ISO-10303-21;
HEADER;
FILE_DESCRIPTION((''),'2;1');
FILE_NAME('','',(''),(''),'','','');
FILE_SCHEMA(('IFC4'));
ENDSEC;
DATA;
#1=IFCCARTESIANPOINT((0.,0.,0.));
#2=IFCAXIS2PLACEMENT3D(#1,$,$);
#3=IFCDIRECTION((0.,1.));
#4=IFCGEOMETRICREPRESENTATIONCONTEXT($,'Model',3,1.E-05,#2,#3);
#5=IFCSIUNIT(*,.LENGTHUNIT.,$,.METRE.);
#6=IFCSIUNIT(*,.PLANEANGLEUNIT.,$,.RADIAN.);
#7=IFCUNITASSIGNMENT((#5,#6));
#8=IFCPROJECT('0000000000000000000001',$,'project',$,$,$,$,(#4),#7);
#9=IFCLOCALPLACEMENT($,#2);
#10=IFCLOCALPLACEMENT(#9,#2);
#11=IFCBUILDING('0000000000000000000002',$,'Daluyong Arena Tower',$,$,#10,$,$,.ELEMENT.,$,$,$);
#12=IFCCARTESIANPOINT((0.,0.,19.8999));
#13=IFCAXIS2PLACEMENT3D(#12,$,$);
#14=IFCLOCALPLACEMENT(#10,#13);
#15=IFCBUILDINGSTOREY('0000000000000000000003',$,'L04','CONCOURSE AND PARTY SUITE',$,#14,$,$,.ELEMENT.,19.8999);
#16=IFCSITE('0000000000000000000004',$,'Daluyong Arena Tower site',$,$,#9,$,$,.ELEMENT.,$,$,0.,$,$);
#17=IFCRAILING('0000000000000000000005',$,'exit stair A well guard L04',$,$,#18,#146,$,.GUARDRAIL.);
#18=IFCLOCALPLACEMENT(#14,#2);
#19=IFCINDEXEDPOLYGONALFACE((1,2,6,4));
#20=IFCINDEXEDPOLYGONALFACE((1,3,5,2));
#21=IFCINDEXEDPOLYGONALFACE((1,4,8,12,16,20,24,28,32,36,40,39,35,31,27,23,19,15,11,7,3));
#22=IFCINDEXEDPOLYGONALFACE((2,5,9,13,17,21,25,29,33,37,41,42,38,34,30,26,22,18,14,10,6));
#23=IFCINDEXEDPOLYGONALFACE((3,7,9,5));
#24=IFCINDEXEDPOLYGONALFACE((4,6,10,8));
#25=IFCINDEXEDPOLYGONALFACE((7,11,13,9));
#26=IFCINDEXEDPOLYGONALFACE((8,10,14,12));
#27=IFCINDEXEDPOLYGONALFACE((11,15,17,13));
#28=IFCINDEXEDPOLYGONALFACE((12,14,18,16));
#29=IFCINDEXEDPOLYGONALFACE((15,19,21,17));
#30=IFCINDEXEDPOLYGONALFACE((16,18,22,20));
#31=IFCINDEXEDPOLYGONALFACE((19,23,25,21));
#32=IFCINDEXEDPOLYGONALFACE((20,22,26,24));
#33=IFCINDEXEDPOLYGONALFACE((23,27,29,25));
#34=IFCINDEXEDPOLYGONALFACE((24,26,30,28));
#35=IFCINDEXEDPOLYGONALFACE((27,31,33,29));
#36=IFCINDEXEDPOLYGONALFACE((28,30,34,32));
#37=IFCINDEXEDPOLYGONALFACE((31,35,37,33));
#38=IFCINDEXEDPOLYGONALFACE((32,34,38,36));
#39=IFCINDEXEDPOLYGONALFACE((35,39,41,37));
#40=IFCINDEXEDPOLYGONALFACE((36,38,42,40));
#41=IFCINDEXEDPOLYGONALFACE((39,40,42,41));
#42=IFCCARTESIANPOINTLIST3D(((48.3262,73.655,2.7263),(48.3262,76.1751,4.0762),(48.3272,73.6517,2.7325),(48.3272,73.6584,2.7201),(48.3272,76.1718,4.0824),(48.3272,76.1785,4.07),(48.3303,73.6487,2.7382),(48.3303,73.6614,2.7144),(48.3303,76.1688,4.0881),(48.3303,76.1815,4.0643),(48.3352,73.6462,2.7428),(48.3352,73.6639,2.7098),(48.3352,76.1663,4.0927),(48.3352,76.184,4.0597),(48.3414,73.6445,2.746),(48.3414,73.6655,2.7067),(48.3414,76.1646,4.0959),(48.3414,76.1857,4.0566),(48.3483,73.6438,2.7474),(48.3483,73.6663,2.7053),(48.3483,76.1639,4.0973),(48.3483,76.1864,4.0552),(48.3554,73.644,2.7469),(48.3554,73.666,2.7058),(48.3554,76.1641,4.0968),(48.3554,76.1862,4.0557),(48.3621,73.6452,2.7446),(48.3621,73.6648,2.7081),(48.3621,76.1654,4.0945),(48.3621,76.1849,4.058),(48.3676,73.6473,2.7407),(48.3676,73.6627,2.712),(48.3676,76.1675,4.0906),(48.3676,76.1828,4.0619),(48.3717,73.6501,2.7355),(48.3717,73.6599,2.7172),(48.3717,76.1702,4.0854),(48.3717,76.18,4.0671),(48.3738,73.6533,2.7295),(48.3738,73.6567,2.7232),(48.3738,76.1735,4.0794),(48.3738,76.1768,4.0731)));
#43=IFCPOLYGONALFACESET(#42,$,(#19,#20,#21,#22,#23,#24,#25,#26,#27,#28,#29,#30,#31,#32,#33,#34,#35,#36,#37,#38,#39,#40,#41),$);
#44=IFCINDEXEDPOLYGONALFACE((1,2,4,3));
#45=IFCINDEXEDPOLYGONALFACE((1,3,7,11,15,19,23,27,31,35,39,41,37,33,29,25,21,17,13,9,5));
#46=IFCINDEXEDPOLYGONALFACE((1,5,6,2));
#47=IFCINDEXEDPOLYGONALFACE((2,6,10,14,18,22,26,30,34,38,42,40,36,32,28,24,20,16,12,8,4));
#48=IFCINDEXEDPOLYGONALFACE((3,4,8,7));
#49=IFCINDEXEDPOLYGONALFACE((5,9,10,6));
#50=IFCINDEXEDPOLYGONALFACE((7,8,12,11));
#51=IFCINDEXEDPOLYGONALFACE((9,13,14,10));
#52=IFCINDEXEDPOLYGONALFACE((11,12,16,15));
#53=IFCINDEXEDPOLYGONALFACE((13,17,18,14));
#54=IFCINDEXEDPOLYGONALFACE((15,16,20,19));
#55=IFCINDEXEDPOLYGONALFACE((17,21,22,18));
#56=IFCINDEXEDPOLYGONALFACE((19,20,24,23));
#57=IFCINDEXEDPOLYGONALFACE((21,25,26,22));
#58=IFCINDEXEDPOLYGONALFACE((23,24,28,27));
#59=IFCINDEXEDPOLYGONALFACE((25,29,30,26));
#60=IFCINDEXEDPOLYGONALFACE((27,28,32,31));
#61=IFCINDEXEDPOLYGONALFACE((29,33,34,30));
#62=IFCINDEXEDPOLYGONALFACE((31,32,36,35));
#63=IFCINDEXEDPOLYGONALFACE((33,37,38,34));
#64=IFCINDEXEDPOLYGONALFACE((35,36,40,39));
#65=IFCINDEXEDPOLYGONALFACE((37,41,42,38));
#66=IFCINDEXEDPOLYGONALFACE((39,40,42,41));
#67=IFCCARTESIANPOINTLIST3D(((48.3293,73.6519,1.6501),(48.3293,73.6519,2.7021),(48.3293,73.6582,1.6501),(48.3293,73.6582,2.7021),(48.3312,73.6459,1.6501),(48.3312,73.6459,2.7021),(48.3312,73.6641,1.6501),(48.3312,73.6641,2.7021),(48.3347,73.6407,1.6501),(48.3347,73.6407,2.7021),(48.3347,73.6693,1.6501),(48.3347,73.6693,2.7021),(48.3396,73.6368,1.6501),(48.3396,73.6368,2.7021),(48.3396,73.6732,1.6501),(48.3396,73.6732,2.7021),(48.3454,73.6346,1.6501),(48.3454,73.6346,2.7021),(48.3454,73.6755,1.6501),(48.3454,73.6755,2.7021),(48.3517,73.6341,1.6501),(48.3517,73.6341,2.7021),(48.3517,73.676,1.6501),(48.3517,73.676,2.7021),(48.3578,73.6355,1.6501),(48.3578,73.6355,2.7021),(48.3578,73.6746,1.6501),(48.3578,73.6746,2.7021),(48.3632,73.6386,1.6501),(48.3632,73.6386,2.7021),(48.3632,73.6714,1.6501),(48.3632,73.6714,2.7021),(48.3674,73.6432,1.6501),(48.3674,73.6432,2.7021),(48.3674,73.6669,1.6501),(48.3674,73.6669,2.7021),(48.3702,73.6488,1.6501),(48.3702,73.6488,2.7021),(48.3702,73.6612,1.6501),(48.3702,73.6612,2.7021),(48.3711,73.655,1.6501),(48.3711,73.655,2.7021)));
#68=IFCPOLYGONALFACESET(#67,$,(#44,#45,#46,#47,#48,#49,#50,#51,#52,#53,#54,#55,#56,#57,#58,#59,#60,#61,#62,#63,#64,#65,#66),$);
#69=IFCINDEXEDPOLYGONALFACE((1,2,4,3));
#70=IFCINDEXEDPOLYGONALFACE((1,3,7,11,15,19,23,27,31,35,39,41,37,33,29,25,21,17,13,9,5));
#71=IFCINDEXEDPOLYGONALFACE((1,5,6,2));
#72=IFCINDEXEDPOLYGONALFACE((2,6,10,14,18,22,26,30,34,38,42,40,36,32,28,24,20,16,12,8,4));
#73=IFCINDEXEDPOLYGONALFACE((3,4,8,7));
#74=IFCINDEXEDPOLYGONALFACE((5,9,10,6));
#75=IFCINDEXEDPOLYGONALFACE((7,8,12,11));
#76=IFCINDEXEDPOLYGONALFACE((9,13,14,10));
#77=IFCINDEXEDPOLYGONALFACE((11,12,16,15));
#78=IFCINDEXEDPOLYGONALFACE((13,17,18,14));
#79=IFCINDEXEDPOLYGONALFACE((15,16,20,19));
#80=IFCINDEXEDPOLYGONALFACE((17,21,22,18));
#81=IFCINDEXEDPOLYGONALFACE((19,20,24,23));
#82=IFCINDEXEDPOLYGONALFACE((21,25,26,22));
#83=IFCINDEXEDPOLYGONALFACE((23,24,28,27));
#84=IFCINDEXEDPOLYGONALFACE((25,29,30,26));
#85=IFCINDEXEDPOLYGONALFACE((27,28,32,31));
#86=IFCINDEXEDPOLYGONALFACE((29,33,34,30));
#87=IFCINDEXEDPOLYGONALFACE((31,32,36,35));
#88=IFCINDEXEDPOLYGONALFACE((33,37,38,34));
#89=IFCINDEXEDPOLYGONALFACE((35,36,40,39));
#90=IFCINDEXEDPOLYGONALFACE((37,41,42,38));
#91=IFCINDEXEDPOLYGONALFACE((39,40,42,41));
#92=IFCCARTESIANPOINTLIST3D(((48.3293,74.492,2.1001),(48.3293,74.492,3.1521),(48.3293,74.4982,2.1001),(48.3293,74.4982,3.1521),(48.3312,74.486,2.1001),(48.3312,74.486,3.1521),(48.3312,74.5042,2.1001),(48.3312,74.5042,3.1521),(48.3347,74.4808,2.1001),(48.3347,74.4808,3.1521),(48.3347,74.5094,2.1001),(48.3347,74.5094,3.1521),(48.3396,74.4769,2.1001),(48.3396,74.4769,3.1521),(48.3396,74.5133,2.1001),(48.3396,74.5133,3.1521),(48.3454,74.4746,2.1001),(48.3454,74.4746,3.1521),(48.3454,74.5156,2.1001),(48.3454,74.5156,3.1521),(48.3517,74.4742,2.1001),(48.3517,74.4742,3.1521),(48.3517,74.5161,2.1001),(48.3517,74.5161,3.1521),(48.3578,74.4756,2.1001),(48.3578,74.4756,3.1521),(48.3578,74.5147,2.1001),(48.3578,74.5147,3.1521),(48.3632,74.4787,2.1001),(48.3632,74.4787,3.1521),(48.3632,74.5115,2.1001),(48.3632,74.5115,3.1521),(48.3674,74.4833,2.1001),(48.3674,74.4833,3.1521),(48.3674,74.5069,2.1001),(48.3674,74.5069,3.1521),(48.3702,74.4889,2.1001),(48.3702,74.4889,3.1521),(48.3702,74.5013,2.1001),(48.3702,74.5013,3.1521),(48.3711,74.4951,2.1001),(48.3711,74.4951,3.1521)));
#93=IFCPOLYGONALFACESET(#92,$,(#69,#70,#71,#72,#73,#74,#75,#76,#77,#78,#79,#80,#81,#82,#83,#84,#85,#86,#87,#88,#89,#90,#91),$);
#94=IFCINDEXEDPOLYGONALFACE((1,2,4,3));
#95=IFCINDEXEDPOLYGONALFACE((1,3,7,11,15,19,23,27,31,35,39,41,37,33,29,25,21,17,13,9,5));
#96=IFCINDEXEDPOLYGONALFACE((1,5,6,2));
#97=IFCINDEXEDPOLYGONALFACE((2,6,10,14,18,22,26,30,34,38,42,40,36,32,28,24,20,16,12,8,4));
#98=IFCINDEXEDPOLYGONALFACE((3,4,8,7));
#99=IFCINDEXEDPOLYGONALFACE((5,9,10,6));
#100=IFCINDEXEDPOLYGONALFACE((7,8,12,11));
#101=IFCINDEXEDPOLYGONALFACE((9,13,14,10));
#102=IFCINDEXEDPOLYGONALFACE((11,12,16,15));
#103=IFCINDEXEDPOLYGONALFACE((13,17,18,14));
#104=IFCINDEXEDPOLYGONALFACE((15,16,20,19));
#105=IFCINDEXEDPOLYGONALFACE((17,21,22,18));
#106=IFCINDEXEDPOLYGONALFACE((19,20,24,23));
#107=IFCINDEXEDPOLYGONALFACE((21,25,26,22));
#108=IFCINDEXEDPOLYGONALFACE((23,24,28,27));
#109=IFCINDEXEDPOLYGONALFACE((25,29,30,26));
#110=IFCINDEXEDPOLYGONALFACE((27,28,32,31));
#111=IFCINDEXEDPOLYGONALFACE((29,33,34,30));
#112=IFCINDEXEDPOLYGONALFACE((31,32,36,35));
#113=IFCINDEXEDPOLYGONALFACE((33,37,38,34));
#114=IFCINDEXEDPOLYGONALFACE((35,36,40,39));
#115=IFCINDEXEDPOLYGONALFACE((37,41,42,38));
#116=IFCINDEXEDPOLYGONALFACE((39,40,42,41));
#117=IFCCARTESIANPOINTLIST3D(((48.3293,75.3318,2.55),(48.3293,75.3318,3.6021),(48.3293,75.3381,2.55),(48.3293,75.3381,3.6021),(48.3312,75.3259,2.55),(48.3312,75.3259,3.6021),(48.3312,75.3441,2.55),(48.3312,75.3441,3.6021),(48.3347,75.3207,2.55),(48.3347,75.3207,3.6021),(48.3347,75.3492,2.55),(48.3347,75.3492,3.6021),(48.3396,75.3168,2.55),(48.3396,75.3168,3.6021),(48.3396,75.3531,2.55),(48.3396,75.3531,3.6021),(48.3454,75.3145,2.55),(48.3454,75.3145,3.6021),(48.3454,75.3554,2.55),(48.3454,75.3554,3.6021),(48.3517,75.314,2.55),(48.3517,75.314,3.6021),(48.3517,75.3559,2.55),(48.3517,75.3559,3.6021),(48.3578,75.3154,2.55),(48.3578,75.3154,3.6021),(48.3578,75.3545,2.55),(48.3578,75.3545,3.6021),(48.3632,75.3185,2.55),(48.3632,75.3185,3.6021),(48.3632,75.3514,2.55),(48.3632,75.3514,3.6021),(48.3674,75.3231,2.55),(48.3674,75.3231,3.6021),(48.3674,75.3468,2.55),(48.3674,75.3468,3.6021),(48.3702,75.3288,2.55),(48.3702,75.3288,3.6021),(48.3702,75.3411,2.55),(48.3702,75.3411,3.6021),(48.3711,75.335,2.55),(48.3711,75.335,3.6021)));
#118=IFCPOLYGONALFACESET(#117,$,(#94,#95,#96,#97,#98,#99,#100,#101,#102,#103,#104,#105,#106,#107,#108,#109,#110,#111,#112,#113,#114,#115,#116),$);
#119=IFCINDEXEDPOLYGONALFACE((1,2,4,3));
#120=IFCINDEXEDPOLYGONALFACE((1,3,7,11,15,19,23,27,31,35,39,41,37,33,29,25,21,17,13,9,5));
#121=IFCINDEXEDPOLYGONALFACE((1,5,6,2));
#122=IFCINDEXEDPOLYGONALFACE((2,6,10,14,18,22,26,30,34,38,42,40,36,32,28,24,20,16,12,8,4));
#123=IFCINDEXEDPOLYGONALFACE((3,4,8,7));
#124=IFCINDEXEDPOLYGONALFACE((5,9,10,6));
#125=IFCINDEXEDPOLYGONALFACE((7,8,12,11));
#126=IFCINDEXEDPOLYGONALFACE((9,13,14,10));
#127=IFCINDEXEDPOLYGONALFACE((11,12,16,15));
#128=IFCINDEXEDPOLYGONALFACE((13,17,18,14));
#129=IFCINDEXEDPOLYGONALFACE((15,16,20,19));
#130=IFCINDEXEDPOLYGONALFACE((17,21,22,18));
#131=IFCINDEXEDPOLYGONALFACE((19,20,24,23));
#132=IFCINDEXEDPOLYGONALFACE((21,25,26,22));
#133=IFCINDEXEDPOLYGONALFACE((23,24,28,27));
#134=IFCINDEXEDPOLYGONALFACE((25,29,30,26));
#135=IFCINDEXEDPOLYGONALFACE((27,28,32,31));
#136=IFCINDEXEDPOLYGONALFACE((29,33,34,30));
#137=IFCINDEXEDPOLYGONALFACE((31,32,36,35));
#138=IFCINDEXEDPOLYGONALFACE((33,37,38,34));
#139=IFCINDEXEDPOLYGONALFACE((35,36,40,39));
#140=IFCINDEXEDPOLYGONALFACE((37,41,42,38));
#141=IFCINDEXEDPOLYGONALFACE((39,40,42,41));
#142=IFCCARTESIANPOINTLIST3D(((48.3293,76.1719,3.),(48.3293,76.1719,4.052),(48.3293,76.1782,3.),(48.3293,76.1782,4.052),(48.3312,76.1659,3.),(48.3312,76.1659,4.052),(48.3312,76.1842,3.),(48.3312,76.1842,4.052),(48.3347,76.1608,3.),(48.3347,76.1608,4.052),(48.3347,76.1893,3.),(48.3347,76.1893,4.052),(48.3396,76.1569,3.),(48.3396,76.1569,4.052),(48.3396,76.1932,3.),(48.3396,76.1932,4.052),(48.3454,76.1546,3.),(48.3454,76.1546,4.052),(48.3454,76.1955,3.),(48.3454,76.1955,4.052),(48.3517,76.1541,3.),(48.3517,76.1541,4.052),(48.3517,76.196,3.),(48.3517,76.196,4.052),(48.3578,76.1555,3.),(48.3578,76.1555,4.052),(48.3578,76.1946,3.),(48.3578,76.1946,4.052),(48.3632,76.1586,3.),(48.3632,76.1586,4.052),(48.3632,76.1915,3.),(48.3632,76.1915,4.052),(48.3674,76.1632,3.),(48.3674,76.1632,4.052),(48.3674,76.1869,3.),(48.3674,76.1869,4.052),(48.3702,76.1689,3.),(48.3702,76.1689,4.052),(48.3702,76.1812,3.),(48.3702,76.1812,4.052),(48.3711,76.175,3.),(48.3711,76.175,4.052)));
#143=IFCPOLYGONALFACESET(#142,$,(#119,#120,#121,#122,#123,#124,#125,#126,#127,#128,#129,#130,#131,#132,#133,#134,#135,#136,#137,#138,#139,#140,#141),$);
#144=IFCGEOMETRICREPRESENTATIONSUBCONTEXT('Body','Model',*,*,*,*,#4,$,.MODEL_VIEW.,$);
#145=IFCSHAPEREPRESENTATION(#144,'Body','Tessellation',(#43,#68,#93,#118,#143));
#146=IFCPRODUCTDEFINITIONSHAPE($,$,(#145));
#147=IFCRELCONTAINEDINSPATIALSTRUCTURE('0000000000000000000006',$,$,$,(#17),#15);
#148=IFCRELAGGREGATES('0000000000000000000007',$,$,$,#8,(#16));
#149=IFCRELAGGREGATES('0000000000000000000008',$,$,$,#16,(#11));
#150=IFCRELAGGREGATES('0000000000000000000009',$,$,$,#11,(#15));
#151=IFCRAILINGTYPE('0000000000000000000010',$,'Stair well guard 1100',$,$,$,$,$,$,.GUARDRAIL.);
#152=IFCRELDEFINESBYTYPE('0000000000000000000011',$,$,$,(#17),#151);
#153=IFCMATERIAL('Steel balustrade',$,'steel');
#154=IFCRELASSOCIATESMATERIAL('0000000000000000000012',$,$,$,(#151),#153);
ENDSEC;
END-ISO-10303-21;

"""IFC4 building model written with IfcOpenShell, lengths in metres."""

from ifc_helpers import new_model, si_unit, direction, frame, origin, origin_2d, place, context, subcontext, project, spatial, circle, extrude, material, type_object, element, save


model = new_model("IFC4")

# Units and contexts
model_context = context("Model", 3, precision=1e-05, world=origin(), true_north=direction((0.0, 1.0)))
body_context = subcontext(model_context, "Body", "Model", "MODEL_VIEW")
ifc_project = project(units=[si_unit("LENGTHUNIT", "METRE"), si_unit("PLANEANGLEUNIT", "RADIAN")], contexts=[model_context])

# Site, building, storey
site_placement = place(None, origin())
site = spatial("IfcSite", under=ifc_project, at=site_placement, Name="Daluyong Arena Tower site", CompositionType="ELEMENT", RefElevation=0.0)
building_placement = place(site_placement, origin())
building = spatial("IfcBuilding", under=site, at=building_placement, Name="Daluyong Arena Tower", CompositionType="ELEMENT")
storey_placement = place(building_placement, frame((0.0, 0.0, 19.8999)))
storey = spatial("IfcBuildingStorey", under=building, at=storey_placement, Name="L04", Description="CONCOURSE AND PARTY SUITE", CompositionType="ELEMENT", Elevation=19.8999)

# Railing
ifc_material_1 = material(Name="Steel balustrade", Category="steel")
railing_type_1 = type_object("IfcRailingType", Name="Stair well guard 1100", PredefinedType="GUARDRAIL", material=ifc_material_1)
for number, where, name in (
    (1, (48.3501, 73.655, 1.6501), "exit stair A well guard L04"),
):
    element("IfcRailing", number, at=place(storey_placement, frame(where)), inside=storey, type_object=railing_type_1, Name=name, PredefinedType="GUARDRAIL", context=body_context, shape_type="SweptSolid", body=[
        extrude(circle(Radius=0.0239, at=origin_2d()), frame((0.0, 0.0, 1.0762), z_axis=(0.0, 0.881503, 0.472179), x_axis=(-1.0, 0.0, 0.0)), (0.0, 0.0, 1.0), 2.8589),
        extrude(circle(Radius=0.021, at=origin_2d()), origin(), (0.0, 0.0, 1.0), 1.052),
        extrude(circle(Radius=0.021, at=origin_2d()), frame((0.0, 0.8401, 0.45)), (0.0, 0.0, 1.0), 1.052),
        extrude(circle(Radius=0.021, at=origin_2d()), frame((0.0, 1.6799, 0.8999)), (0.0, 0.0, 1.0), 1.052),
        extrude(circle(Radius=0.021, at=origin_2d()), frame((0.0, 2.52, 1.3499)), (0.0, 0.0, 1.0), 1.052),
    ])

save(model, "model.ifc")
